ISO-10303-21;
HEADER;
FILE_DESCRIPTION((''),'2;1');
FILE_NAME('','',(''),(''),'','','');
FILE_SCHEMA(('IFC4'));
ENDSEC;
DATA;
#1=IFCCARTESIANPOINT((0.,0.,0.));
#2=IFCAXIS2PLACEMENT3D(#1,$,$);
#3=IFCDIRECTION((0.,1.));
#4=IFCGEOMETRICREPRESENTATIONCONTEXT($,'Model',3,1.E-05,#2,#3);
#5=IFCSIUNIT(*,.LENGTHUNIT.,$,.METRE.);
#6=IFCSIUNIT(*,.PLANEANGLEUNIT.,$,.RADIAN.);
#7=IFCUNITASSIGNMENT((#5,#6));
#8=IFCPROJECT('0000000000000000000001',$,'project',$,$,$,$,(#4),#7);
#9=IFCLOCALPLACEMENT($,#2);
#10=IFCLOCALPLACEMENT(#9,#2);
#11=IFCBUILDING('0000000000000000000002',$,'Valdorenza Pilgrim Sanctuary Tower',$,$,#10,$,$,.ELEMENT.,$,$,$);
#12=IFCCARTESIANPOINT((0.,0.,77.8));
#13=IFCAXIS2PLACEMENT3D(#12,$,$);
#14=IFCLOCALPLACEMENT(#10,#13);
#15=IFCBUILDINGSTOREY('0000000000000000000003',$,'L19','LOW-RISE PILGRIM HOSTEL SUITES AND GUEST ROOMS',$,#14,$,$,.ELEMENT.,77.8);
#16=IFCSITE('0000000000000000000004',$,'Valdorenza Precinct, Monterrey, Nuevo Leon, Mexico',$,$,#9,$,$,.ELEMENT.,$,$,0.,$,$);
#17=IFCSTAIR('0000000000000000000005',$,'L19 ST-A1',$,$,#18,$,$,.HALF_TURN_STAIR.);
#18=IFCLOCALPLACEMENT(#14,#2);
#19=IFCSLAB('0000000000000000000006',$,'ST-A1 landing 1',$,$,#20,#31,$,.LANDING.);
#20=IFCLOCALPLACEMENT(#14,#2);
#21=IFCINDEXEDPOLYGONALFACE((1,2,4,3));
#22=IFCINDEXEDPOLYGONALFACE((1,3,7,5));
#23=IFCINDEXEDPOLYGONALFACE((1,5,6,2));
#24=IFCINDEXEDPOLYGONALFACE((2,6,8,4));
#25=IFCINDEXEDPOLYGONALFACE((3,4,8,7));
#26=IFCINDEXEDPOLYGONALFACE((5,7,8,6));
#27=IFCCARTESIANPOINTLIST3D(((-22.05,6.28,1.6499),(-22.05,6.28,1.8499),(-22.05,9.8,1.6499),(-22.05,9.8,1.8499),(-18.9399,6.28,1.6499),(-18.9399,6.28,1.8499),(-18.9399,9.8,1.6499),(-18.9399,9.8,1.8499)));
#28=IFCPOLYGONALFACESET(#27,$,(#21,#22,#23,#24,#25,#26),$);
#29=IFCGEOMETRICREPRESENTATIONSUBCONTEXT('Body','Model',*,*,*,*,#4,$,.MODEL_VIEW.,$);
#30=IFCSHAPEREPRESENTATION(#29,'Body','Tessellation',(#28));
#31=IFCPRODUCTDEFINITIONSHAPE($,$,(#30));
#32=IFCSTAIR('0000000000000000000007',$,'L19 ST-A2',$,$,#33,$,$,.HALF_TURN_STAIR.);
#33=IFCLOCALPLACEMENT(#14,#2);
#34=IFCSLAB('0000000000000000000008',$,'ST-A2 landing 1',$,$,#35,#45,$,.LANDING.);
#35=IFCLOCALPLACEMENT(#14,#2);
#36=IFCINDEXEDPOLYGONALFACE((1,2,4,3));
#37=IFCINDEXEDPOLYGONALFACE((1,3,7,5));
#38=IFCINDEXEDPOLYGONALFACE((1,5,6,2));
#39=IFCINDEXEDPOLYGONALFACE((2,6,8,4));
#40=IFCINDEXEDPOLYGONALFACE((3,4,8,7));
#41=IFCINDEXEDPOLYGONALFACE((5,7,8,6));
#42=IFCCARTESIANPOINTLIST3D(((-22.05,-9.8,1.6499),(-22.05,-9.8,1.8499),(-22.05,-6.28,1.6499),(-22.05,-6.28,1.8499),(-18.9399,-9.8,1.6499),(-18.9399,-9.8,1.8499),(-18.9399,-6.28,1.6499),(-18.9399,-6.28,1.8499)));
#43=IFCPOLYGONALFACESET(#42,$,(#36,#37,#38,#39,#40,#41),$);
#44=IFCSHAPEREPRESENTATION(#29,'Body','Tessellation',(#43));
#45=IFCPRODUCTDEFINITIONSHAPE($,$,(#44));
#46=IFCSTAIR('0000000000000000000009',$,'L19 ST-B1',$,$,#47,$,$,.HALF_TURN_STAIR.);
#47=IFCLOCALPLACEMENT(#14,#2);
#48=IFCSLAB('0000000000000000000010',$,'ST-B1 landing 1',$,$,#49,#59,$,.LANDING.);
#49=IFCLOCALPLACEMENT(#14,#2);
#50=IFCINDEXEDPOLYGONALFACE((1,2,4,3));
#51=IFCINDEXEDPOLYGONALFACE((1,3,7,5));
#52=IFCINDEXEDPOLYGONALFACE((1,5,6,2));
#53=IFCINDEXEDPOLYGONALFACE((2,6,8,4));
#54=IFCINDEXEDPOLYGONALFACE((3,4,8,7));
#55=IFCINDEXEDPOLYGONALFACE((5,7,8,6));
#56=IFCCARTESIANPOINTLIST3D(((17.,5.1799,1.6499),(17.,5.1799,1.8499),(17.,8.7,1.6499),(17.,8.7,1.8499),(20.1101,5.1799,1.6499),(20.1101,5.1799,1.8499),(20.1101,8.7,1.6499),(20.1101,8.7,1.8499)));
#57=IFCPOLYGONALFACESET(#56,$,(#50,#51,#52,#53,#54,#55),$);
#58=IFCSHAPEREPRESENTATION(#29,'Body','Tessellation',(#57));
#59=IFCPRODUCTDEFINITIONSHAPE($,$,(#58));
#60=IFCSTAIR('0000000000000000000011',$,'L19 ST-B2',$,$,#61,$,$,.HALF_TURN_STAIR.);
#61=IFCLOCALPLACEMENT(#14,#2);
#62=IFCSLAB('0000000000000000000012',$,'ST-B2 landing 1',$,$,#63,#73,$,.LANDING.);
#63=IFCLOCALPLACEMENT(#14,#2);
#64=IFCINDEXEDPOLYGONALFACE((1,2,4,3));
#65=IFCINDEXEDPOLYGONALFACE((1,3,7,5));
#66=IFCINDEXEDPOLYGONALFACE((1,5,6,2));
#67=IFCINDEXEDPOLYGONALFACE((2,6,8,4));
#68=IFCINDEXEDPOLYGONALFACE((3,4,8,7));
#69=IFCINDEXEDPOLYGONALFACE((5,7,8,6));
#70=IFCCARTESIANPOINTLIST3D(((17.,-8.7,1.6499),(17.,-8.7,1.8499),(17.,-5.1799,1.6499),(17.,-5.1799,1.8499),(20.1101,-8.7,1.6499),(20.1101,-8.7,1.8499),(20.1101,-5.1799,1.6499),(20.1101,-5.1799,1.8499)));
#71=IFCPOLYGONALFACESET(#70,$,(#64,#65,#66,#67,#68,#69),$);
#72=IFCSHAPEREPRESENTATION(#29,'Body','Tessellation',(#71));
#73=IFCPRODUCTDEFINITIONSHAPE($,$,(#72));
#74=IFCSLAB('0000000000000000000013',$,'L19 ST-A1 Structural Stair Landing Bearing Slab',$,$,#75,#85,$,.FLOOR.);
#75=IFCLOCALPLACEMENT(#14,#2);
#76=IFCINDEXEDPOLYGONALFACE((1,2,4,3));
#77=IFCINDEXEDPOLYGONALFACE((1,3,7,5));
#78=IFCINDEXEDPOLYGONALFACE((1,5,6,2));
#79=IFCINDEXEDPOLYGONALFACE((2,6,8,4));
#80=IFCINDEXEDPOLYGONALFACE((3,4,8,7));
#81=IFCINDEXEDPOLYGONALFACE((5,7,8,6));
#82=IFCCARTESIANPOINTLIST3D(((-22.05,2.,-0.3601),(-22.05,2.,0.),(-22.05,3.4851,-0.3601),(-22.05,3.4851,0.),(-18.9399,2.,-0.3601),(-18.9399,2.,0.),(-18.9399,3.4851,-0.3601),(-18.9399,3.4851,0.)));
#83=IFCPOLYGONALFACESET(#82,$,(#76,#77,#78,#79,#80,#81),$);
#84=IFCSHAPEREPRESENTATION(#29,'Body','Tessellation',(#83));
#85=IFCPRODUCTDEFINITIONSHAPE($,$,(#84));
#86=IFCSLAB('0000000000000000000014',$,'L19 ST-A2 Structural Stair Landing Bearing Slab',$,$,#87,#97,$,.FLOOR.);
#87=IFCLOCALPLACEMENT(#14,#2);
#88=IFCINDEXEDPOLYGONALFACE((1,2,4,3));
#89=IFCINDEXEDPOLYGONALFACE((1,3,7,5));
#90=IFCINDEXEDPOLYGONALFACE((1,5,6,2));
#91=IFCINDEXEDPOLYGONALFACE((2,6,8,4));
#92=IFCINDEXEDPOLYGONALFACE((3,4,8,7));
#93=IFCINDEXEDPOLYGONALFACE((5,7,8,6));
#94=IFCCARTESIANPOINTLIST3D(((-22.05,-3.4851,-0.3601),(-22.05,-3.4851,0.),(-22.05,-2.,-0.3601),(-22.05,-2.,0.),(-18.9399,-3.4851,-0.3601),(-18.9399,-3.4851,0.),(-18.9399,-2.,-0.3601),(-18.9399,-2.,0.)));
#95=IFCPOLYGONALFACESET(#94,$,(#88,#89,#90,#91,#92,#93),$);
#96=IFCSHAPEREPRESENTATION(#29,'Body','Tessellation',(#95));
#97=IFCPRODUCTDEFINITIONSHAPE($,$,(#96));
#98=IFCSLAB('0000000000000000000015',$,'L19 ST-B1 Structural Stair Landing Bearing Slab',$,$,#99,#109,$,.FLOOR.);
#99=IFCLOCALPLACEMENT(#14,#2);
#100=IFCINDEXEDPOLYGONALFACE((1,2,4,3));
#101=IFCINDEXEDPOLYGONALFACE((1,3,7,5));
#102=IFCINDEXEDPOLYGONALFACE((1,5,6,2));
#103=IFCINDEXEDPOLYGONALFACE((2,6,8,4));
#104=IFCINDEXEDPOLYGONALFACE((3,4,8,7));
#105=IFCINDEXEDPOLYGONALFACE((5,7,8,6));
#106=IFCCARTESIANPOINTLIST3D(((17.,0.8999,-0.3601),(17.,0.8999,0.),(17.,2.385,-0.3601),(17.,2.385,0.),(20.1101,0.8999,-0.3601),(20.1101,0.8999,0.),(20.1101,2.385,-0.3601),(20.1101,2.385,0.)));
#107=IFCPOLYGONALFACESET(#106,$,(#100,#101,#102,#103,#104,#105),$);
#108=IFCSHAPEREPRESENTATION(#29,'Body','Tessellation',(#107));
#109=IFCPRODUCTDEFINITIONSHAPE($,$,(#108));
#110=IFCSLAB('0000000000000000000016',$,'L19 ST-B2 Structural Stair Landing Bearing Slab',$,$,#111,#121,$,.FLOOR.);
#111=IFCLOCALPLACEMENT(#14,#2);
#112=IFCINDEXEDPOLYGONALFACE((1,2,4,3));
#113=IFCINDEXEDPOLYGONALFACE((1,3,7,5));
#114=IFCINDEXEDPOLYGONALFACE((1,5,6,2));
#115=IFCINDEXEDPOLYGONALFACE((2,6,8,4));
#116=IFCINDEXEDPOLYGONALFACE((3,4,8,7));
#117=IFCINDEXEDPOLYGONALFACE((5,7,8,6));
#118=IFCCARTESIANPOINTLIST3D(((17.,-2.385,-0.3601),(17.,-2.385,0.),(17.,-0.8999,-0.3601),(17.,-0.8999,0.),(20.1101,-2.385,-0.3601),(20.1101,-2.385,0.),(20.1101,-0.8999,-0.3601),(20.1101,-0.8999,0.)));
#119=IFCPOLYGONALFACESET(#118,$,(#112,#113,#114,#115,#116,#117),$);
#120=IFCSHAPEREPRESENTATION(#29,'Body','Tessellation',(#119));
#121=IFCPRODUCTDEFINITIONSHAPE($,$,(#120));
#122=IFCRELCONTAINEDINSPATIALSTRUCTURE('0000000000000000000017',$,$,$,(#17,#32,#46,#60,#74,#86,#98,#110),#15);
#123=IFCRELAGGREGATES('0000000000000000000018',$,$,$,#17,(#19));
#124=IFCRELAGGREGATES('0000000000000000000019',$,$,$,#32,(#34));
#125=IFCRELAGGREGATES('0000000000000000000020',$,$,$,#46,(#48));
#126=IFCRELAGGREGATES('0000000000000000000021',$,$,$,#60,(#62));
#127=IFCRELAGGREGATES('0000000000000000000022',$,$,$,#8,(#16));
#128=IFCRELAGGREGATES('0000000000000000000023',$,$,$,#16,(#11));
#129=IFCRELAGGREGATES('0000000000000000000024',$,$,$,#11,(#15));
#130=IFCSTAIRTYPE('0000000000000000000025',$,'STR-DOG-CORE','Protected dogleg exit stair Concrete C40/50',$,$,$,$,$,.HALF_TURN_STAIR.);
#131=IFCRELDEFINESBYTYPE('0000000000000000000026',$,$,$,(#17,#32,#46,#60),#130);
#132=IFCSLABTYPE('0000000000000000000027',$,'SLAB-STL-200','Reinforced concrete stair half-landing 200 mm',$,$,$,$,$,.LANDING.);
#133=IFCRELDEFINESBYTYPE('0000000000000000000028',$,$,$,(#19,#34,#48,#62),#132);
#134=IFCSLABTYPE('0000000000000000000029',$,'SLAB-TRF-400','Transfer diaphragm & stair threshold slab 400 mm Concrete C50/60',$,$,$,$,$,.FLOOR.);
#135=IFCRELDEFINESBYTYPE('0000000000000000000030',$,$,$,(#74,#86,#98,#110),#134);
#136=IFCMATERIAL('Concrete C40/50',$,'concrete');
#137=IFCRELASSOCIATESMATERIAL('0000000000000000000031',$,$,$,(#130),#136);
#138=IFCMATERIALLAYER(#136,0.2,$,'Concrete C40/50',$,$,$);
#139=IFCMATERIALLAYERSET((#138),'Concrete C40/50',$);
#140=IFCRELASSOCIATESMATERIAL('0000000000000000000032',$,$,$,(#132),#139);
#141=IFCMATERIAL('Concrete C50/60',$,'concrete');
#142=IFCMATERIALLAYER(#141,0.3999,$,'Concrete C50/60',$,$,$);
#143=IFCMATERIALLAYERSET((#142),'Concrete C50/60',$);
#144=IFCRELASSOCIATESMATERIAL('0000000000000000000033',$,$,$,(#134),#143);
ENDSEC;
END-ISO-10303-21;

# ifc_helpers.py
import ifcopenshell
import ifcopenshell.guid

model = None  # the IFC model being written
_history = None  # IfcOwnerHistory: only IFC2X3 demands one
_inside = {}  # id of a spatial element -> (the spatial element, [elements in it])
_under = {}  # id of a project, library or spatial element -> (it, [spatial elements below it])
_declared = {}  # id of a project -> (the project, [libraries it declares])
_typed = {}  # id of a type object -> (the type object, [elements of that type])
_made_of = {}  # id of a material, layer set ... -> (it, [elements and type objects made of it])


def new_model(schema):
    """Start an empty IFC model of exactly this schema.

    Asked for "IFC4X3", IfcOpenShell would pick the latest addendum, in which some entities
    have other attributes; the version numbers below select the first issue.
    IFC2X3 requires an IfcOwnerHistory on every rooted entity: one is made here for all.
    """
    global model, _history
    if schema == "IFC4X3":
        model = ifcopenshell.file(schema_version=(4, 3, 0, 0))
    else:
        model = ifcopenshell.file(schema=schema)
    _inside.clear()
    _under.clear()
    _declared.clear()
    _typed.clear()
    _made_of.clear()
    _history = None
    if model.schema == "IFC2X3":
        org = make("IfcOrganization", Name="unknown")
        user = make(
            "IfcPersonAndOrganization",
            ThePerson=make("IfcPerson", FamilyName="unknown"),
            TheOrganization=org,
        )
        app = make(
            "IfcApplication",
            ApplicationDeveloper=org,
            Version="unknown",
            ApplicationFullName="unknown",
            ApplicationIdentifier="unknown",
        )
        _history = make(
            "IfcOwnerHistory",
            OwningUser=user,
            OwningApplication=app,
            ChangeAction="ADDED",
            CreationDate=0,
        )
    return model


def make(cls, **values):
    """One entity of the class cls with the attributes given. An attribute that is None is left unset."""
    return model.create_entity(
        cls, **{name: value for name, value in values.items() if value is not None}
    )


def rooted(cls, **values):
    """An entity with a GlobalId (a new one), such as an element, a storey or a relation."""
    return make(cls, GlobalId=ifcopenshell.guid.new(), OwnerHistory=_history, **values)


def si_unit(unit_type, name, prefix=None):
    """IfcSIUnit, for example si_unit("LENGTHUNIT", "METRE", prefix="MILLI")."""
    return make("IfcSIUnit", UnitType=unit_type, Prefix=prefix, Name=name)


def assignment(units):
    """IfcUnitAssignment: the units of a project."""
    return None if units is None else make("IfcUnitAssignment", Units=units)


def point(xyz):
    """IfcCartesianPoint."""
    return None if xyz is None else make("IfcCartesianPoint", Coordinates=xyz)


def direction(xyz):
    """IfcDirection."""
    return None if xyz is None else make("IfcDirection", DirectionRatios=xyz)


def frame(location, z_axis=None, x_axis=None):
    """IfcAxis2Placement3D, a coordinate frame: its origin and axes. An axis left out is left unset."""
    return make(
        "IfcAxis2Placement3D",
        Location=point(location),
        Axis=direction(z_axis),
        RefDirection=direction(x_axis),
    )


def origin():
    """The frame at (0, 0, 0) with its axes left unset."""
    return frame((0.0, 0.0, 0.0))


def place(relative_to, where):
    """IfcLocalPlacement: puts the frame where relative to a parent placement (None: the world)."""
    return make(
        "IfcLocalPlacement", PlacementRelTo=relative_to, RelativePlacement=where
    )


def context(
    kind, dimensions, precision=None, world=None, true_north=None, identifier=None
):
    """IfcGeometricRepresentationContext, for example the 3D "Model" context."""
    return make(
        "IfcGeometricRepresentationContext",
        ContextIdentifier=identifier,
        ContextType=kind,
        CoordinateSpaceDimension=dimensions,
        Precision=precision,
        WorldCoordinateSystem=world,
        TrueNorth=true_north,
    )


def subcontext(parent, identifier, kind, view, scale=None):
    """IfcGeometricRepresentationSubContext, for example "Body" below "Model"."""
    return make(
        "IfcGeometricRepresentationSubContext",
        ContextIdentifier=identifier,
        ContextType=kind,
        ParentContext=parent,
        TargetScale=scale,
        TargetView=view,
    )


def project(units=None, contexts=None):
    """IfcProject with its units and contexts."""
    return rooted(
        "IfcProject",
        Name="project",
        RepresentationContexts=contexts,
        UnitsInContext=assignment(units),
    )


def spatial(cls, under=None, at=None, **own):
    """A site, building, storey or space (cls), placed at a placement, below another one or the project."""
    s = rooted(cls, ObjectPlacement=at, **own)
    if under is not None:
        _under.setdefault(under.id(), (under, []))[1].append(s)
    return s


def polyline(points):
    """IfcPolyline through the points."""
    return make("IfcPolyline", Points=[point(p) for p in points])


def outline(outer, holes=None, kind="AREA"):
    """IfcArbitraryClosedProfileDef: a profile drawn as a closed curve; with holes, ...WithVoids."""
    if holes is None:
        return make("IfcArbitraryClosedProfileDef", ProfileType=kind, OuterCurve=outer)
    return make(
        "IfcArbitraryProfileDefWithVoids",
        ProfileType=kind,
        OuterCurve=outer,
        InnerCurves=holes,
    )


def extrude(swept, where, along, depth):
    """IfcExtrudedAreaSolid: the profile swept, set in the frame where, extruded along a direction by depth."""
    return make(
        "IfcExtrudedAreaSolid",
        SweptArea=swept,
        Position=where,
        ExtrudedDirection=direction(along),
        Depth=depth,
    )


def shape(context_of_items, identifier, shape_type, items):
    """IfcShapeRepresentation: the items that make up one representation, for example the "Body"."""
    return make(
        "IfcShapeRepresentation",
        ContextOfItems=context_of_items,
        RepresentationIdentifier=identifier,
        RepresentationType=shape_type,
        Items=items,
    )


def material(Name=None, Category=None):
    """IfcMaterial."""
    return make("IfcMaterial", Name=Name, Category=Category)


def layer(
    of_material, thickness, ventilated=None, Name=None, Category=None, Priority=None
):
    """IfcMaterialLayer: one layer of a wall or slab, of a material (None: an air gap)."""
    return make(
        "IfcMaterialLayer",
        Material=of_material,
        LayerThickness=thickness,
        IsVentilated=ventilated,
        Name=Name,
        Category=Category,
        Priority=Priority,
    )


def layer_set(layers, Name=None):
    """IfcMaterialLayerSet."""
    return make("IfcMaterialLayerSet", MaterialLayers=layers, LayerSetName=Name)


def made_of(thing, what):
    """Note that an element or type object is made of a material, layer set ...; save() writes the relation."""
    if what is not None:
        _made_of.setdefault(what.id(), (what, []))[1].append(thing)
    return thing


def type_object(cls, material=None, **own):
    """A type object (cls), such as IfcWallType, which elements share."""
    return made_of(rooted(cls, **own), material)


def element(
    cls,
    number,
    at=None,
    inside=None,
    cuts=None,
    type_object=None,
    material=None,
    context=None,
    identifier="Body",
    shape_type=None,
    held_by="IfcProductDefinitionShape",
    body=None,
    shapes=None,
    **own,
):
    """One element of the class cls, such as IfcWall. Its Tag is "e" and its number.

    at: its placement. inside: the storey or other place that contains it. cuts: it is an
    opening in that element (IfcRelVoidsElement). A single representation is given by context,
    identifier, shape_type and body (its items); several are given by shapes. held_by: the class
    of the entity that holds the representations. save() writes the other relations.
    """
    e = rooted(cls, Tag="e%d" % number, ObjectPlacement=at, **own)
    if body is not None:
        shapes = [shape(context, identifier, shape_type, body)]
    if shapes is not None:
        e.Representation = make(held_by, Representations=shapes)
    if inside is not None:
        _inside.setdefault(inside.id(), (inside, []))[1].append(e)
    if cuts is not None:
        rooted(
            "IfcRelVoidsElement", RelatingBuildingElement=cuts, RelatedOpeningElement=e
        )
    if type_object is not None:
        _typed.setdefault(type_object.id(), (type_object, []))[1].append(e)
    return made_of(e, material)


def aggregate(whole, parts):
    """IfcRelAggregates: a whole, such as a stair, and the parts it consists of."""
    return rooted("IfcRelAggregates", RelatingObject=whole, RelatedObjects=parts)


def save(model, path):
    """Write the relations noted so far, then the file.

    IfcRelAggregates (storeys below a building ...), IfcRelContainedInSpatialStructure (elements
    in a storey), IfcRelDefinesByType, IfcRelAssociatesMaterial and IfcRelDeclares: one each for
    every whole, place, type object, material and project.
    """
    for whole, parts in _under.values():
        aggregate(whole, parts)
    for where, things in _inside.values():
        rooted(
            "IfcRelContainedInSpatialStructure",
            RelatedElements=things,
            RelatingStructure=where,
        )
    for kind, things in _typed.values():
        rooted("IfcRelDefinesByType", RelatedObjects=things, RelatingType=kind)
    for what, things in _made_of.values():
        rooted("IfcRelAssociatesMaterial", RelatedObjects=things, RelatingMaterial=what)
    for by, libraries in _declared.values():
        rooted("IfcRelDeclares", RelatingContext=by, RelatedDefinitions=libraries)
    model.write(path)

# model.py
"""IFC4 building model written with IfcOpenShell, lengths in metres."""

from ifc_helpers import new_model, si_unit, direction, frame, origin, place, context, subcontext, project, spatial, polyline, outline, extrude, material, layer, layer_set, type_object, element, aggregate, save


model = new_model("IFC4")

# Units and contexts
model_context = context("Model", 3, precision=1e-05, world=origin(), true_north=direction((0.0, 1.0)))
body_context = subcontext(model_context, "Body", "Model", "MODEL_VIEW")
ifc_project = project(units=[si_unit("LENGTHUNIT", "METRE"), si_unit("PLANEANGLEUNIT", "RADIAN")], contexts=[model_context])

# Site, building, storey
site_placement = place(None, origin())
site = spatial("IfcSite", under=ifc_project, at=site_placement, Name="Valdorenza Precinct, Monterrey, Nuevo Leon, Mexico", CompositionType="ELEMENT", RefElevation=0.0)
building_placement = place(site_placement, origin())
building = spatial("IfcBuilding", under=site, at=building_placement, Name="Valdorenza Pilgrim Sanctuary Tower", CompositionType="ELEMENT")
storey_placement = place(building_placement, frame((0.0, 0.0, 77.8)))
storey = spatial("IfcBuildingStorey", under=building, at=storey_placement, Name="L19", Description="LOW-RISE PILGRIM HOSTEL SUITES AND GUEST ROOMS", CompositionType="ELEMENT", Elevation=77.8)

# Shared definitions
ifc_material_1 = material(Name="Concrete C40/50", Category="concrete")

# Stairs, slabs
stair_type = type_object("IfcStairType", Name="STR-DOG-CORE", Description="Protected dogleg exit stair Concrete C40/50", PredefinedType="HALF_TURN_STAIR", material=ifc_material_1)
stair_1_placement = place(storey_placement, origin())
stair_1 = element("IfcStair", 1, at=stair_1_placement, inside=storey, type_object=stair_type, Name="L19 ST-A1", PredefinedType="HALF_TURN_STAIR")
ifc_layer_1 = layer(ifc_material_1, 0.2, Name="Concrete C40/50")
ifc_layer_set_1 = layer_set([ifc_layer_1], Name="Concrete C40/50")
slab_type_1 = type_object("IfcSlabType", Name="SLAB-STL-200", Description="Reinforced concrete stair half-landing 200 mm", PredefinedType="LANDING", material=ifc_layer_set_1)
slab_1_placement = place(storey_placement, frame((0.0, 0.0, 1.6499)))
slab_1 = element("IfcSlab", 2, at=slab_1_placement, type_object=slab_type_1, Name="ST-A1 landing 1", PredefinedType="LANDING", context=body_context, shape_type="SweptSolid", body=[
    extrude(outline(polyline([(-18.9399, 6.28), (-18.9399, 9.8), (-22.05, 9.8), (-22.05, 6.28), (-18.9399, 6.28)])), origin(), (0.0, 0.0, 1.0), 0.2),
])
aggregate(stair_1, [slab_1])
stair_2_placement = place(storey_placement, origin())
stair_2 = element("IfcStair", 3, at=stair_2_placement, inside=storey, type_object=stair_type, Name="L19 ST-A2", PredefinedType="HALF_TURN_STAIR")
slab_2_placement = place(storey_placement, frame((0.0, 0.0, 1.6499)))
slab_2 = element("IfcSlab", 4, at=slab_2_placement, type_object=slab_type_1, Name="ST-A2 landing 1", PredefinedType="LANDING", context=body_context, shape_type="SweptSolid", body=[
    extrude(outline(polyline([(-22.05, -6.28), (-22.05, -9.8), (-18.9399, -9.8), (-18.9399, -6.28), (-22.05, -6.28)])), origin(), (0.0, 0.0, 1.0), 0.2),
])
aggregate(stair_2, [slab_2])
stair_3_placement = place(storey_placement, origin())
stair_3 = element("IfcStair", 5, at=stair_3_placement, inside=storey, type_object=stair_type, Name="L19 ST-B1", PredefinedType="HALF_TURN_STAIR")
slab_3_placement = place(storey_placement, frame((0.0, 0.0, 1.6499)))
slab_3 = element("IfcSlab", 6, at=slab_3_placement, type_object=slab_type_1, Name="ST-B1 landing 1", PredefinedType="LANDING", context=body_context, shape_type="SweptSolid", body=[
    extrude(outline(polyline([(20.1101, 5.1799), (20.1101, 8.7), (17.0, 8.7), (17.0, 5.1799), (20.1101, 5.1799)])), origin(), (0.0, 0.0, 1.0), 0.2),
])
aggregate(stair_3, [slab_3])
stair_4_placement = place(storey_placement, origin())
stair_4 = element("IfcStair", 7, at=stair_4_placement, inside=storey, type_object=stair_type, Name="L19 ST-B2", PredefinedType="HALF_TURN_STAIR")
slab_4_placement = place(storey_placement, frame((0.0, 0.0, 1.6499)))
slab_4 = element("IfcSlab", 8, at=slab_4_placement, type_object=slab_type_1, Name="ST-B2 landing 1", PredefinedType="LANDING", context=body_context, shape_type="SweptSolid", body=[
    extrude(outline(polyline([(17.0, -5.1799), (17.0, -8.7), (20.1101, -8.7), (20.1101, -5.1799), (17.0, -5.1799)])), origin(), (0.0, 0.0, 1.0), 0.2),
])
aggregate(stair_4, [slab_4])

# Slabs
ifc_material_2 = material(Name="Concrete C50/60", Category="concrete")
ifc_layer_2 = layer(ifc_material_2, 0.3999, Name="Concrete C50/60")
ifc_layer_set_2 = layer_set([ifc_layer_2], Name="Concrete C50/60")
slab_type_2 = type_object("IfcSlabType", Name="SLAB-TRF-400", Description="Transfer diaphragm & stair threshold slab 400 mm Concrete C50/60", PredefinedType="FLOOR", material=ifc_layer_set_2)
slab_5_placement = place(storey_placement, frame((0.0, 0.0, -0.3601)))
element("IfcSlab", 9, at=slab_5_placement, inside=storey, type_object=slab_type_2, Name="L19 ST-A1 Structural Stair Landing Bearing Slab", PredefinedType="FLOOR", context=body_context, shape_type="SweptSolid", body=[
    extrude(outline(polyline([(-22.05, 2.0), (-18.9399, 2.0), (-18.9399, 3.4851), (-22.05, 3.4851), (-22.05, 2.0)])), origin(), (0.0, 0.0, 1.0), 0.3601),
])
slab_6_placement = place(storey_placement, frame((0.0, 0.0, -0.3601)))
element("IfcSlab", 10, at=slab_6_placement, inside=storey, type_object=slab_type_2, Name="L19 ST-A2 Structural Stair Landing Bearing Slab", PredefinedType="FLOOR", context=body_context, shape_type="SweptSolid", body=[
    extrude(outline(polyline([(-22.05, -3.4851), (-18.9399, -3.4851), (-18.9399, -2.0), (-22.05, -2.0), (-22.05, -3.4851)])), origin(), (0.0, 0.0, 1.0), 0.3601),
])
slab_7_placement = place(storey_placement, frame((0.0, 0.0, -0.3601)))
element("IfcSlab", 11, at=slab_7_placement, inside=storey, type_object=slab_type_2, Name="L19 ST-B1 Structural Stair Landing Bearing Slab", PredefinedType="FLOOR", context=body_context, shape_type="SweptSolid", body=[
    extrude(outline(polyline([(17.0, 0.8999), (20.1101, 0.8999), (20.1101, 2.385), (17.0, 2.385), (17.0, 0.8999)])), origin(), (0.0, 0.0, 1.0), 0.3601),
])
slab_8_placement = place(storey_placement, frame((0.0, 0.0, -0.3601)))
element("IfcSlab", 12, at=slab_8_placement, inside=storey, type_object=slab_type_2, Name="L19 ST-B2 Structural Stair Landing Bearing Slab", PredefinedType="FLOOR", context=body_context, shape_type="SweptSolid", body=[
    extrude(outline(polyline([(17.0, -2.385), (20.1101, -2.385), (20.1101, -0.8999), (17.0, -0.8999), (17.0, -2.385)])), origin(), (0.0, 0.0, 1.0), 0.3601),
])

save(model, "model.ifc")
